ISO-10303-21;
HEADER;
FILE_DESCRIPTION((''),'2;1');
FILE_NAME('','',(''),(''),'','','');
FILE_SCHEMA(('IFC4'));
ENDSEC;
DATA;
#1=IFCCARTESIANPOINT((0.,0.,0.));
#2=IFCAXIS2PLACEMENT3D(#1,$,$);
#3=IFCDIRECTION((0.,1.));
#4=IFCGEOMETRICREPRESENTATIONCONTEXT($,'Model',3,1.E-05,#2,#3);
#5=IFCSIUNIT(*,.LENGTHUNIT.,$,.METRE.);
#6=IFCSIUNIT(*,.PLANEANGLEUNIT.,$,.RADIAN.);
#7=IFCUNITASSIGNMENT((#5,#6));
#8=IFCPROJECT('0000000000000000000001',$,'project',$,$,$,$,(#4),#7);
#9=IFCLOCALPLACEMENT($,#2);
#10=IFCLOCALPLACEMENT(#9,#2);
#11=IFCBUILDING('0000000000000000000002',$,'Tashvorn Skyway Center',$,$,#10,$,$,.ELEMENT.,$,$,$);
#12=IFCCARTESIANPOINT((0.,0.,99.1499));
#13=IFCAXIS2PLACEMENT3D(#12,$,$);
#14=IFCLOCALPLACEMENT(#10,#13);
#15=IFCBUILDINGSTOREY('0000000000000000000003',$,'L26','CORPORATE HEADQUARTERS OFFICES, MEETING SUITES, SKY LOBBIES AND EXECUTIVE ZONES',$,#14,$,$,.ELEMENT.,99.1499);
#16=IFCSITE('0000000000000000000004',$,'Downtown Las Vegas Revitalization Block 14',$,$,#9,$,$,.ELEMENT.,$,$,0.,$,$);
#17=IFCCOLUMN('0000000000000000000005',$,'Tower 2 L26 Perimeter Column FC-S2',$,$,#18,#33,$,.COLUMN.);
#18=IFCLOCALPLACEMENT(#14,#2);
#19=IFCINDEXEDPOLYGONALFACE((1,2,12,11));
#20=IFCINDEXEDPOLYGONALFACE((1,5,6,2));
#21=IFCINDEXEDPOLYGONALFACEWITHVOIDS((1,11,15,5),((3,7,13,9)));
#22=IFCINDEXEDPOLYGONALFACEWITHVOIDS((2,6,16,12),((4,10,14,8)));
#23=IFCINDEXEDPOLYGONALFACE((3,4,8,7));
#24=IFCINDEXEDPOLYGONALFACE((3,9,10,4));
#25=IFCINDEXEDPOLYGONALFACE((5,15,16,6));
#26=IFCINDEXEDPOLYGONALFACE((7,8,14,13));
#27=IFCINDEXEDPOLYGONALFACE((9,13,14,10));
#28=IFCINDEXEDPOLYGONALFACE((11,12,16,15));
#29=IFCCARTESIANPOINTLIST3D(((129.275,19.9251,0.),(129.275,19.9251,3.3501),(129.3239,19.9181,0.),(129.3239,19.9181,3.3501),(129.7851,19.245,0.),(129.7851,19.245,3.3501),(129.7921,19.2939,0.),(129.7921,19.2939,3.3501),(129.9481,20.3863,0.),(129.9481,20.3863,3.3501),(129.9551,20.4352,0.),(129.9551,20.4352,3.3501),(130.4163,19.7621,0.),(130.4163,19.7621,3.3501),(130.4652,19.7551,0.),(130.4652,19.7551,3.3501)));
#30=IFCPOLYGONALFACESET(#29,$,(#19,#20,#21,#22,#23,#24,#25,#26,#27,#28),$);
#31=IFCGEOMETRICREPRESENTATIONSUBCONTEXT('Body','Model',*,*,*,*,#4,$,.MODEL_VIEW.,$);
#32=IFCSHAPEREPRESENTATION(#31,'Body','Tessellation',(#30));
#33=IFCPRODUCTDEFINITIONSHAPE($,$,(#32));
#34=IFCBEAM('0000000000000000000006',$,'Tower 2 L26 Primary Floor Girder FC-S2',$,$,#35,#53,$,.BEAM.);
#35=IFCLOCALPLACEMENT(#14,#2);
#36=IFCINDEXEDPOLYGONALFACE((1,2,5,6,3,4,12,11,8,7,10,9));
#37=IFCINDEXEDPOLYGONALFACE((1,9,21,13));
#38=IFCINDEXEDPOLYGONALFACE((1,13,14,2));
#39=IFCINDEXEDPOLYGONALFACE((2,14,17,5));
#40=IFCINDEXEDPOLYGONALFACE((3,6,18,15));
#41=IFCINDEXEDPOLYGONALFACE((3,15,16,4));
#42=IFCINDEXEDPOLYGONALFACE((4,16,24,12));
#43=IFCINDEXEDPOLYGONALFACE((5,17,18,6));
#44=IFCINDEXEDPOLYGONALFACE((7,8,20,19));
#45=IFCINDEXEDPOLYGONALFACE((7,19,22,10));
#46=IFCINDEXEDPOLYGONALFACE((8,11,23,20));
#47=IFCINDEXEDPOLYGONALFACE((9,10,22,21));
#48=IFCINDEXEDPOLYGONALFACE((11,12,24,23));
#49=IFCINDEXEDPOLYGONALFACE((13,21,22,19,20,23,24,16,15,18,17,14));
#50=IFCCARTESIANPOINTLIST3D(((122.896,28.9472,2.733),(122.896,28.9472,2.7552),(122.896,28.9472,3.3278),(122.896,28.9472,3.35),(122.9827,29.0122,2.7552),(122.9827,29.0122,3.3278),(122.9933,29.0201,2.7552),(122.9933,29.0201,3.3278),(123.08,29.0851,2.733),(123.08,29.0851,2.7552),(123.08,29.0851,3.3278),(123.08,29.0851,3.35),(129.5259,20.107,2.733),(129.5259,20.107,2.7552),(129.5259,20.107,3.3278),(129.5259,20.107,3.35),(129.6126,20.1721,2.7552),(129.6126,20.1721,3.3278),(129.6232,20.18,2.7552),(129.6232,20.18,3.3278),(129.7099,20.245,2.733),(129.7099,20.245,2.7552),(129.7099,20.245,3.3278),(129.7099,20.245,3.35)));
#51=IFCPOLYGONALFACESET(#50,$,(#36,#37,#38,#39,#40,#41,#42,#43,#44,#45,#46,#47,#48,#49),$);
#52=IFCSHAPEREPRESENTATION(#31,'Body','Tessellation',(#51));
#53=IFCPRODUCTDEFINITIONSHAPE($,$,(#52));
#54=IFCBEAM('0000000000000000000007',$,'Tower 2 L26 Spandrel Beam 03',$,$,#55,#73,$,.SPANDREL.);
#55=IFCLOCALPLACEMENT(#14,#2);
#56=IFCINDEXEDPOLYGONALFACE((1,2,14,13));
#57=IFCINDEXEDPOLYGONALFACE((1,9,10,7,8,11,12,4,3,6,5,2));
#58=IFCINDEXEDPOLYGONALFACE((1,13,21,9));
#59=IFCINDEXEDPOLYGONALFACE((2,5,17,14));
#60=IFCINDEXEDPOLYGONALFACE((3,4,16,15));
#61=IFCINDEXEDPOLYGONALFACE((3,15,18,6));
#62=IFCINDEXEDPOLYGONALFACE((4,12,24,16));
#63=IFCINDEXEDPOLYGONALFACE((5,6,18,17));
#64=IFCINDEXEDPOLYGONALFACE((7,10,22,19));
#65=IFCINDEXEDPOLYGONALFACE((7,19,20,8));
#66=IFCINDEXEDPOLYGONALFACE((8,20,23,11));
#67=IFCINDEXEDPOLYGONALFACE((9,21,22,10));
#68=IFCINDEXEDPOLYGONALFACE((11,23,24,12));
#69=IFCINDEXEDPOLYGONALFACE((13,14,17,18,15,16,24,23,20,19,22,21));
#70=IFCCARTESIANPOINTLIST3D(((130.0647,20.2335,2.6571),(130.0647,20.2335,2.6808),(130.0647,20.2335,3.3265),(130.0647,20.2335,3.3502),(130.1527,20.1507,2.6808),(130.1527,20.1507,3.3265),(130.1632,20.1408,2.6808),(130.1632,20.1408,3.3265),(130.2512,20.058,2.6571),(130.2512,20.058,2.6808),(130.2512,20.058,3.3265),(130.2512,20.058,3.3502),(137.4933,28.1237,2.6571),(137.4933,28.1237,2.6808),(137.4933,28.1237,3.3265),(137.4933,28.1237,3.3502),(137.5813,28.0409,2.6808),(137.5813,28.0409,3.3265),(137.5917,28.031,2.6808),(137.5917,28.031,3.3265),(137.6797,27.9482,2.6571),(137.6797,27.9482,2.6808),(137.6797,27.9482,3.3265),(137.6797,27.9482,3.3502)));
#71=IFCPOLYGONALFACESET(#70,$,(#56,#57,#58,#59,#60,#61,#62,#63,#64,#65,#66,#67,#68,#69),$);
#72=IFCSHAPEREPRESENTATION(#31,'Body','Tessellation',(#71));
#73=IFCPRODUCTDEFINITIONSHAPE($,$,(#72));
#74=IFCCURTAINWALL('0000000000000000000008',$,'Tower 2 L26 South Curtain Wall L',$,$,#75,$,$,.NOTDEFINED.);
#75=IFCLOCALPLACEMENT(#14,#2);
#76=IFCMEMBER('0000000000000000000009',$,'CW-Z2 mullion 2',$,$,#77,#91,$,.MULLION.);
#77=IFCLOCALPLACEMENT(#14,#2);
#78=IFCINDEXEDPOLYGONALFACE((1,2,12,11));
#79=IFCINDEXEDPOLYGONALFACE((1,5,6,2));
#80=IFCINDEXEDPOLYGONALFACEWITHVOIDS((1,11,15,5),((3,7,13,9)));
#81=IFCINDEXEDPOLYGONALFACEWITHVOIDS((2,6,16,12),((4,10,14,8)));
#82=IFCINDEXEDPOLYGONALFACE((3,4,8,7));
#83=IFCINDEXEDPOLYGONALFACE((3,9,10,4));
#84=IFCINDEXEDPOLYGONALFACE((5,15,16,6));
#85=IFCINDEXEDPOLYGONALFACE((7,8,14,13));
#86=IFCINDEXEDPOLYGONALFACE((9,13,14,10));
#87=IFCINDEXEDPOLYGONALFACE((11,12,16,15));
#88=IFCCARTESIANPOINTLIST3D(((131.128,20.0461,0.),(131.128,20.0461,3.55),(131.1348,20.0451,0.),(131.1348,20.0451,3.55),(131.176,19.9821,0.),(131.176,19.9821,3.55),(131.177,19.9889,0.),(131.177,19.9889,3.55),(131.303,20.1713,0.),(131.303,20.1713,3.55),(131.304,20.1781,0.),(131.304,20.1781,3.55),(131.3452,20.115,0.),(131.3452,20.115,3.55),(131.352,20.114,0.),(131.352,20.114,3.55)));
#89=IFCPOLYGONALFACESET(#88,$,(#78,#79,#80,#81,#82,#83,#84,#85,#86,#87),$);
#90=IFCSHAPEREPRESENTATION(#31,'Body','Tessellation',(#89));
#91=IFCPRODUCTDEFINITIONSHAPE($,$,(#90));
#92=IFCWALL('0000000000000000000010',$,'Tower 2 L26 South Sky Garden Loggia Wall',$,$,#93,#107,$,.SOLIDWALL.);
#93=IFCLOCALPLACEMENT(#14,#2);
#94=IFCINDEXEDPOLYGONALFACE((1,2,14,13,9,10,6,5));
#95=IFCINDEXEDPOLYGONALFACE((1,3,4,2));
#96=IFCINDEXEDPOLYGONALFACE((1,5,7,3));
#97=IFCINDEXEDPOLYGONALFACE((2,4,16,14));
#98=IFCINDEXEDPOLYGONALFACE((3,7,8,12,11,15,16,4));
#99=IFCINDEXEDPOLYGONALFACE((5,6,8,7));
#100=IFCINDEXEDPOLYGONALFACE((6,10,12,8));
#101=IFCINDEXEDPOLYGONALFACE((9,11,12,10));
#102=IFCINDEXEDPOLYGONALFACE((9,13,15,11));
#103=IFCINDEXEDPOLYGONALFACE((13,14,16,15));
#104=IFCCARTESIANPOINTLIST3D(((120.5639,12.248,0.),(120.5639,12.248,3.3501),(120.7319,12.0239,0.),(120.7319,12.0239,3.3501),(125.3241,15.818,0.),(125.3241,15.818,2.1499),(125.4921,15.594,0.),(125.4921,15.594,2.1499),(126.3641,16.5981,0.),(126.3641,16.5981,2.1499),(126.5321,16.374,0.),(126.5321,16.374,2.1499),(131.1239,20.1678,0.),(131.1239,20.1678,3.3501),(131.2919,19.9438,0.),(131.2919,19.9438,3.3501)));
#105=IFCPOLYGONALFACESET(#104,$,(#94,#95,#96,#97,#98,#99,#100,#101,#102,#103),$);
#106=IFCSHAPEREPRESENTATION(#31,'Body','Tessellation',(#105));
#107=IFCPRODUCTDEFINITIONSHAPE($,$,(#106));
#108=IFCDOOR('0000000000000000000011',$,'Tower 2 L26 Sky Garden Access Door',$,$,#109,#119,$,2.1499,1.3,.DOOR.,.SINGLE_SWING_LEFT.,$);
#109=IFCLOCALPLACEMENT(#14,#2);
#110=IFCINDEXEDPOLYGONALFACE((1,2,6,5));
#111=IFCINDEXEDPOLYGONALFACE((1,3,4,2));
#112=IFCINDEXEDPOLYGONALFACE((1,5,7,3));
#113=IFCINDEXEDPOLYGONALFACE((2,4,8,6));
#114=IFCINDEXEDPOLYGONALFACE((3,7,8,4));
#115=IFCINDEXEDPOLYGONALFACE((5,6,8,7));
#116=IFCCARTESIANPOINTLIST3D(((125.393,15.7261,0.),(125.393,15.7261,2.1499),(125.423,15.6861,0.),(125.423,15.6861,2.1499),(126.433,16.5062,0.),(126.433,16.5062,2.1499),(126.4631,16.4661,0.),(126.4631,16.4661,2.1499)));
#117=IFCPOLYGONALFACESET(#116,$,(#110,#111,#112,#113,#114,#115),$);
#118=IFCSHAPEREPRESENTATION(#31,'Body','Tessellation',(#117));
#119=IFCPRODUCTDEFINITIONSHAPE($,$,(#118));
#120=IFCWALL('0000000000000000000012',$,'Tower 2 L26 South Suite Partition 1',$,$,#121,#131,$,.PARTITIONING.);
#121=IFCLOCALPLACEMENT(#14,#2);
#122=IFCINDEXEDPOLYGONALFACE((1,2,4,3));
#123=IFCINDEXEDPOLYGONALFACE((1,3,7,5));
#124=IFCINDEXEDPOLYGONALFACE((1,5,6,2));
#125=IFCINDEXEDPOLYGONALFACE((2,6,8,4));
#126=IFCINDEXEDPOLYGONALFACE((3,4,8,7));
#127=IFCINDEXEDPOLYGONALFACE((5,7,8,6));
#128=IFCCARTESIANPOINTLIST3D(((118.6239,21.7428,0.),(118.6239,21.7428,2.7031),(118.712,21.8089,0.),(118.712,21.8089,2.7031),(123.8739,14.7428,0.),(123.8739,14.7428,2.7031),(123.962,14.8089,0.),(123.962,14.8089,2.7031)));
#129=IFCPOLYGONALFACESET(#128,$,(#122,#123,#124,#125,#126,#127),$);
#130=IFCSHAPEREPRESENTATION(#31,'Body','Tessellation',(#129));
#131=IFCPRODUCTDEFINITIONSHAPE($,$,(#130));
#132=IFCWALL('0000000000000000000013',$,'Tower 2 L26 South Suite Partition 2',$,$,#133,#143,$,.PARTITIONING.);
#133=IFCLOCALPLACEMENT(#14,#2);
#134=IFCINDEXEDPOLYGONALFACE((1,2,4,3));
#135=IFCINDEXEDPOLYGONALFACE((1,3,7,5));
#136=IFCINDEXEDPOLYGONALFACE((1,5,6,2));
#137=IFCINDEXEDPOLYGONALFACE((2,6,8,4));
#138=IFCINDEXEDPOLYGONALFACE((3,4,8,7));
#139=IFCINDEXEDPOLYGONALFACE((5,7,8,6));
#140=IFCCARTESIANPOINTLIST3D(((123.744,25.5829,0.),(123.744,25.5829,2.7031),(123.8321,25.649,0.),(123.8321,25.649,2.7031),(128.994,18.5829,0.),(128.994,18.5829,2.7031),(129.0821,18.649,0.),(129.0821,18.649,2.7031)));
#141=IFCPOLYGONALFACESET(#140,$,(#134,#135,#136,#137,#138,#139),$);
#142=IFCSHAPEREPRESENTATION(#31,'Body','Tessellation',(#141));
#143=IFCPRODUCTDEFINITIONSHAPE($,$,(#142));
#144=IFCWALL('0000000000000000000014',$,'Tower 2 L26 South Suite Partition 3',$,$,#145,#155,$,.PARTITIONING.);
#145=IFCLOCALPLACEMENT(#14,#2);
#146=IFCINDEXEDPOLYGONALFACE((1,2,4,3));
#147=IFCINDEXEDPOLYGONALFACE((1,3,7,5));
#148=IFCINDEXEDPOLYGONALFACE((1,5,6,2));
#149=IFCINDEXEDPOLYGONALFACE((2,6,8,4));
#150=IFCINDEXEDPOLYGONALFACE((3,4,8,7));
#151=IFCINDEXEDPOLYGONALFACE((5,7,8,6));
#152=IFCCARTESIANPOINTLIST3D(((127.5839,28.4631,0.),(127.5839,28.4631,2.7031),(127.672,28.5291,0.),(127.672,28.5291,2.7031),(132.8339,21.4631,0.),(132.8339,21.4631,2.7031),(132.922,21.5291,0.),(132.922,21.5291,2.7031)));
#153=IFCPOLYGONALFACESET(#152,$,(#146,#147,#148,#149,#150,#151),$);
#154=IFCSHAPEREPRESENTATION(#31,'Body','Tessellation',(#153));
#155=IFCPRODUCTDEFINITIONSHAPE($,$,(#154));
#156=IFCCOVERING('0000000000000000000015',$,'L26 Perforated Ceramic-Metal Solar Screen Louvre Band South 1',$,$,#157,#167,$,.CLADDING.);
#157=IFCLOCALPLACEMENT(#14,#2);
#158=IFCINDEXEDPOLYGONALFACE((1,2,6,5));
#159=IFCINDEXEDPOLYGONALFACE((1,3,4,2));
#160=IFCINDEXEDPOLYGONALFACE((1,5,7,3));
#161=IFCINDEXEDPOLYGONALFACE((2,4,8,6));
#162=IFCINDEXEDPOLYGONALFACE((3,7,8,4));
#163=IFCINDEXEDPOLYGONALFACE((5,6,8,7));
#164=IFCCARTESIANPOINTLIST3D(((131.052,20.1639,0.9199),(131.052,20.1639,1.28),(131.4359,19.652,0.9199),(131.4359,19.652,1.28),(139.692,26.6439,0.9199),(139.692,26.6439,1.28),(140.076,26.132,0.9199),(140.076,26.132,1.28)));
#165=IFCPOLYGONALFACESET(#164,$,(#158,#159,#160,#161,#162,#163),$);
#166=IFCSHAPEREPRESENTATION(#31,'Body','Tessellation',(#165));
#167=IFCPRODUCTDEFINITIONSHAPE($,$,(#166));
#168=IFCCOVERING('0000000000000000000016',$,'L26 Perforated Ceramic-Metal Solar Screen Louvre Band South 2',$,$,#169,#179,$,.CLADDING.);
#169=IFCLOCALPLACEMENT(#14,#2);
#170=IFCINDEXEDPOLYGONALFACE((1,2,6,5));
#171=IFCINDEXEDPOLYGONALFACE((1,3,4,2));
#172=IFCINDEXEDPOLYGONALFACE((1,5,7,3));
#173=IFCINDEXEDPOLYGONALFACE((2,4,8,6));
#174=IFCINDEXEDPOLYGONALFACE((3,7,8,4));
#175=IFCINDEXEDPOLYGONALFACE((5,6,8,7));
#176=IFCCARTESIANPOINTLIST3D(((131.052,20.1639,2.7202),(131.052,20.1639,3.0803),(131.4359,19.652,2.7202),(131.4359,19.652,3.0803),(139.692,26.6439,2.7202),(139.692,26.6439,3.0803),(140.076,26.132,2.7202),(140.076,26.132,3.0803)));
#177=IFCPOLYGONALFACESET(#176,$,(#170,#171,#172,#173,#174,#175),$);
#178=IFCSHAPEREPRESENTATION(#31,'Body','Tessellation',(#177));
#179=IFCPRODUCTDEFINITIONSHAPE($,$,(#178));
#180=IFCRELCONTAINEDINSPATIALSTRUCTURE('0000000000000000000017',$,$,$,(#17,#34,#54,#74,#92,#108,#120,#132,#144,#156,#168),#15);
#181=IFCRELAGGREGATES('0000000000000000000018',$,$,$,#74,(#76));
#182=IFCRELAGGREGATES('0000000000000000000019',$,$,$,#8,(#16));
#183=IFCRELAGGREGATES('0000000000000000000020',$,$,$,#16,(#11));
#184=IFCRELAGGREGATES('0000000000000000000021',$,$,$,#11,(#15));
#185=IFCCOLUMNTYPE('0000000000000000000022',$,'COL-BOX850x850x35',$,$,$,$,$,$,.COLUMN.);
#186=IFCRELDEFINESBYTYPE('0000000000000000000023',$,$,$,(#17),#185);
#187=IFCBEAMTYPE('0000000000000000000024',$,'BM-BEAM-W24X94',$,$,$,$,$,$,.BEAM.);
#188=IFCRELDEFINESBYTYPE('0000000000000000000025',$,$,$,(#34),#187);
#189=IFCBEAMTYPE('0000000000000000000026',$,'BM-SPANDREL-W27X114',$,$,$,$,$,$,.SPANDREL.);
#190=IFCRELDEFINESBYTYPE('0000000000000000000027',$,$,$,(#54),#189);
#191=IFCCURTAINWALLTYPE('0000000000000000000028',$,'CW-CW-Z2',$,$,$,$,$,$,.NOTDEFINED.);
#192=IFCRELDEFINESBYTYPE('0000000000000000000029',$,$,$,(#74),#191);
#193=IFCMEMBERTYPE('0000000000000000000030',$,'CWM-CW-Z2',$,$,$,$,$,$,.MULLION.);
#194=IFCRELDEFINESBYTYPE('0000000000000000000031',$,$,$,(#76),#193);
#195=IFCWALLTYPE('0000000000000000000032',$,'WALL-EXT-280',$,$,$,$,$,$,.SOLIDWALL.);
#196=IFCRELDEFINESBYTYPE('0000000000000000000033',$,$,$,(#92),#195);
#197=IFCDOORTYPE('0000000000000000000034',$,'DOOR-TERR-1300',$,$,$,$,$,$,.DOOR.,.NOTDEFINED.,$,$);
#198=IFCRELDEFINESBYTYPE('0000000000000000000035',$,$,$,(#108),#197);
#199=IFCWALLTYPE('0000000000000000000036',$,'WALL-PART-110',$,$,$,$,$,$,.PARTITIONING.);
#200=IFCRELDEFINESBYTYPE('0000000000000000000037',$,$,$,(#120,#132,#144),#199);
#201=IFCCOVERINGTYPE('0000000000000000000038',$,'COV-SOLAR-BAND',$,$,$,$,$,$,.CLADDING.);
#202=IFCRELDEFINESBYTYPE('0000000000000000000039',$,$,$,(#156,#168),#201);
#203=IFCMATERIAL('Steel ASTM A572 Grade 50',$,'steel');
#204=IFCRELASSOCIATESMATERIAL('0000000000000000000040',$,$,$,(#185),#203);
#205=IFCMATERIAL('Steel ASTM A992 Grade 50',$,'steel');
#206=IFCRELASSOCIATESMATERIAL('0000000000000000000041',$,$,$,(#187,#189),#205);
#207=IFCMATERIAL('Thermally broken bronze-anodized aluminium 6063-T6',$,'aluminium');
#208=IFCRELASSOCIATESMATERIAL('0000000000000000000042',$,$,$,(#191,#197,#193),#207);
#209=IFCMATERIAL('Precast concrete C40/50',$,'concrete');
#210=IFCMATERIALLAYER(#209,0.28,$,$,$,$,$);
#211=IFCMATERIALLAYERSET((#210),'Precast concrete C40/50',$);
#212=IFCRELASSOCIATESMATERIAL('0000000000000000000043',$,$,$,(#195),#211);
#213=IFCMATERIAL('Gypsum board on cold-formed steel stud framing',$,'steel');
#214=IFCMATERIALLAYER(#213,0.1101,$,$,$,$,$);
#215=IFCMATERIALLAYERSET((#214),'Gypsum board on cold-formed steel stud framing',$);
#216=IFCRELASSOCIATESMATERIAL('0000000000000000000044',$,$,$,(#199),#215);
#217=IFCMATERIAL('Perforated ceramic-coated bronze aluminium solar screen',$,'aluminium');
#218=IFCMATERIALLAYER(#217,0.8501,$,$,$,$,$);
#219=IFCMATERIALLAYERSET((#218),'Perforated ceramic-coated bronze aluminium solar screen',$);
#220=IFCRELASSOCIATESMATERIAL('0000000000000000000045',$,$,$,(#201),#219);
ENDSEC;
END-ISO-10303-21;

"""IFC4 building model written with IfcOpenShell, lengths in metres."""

from ifc_helpers import new_model, si_unit, direction, frame, frame_2d, origin, origin_2d, place, context, subcontext, project, spatial, rectangle, hollow_rectangle, i_section, extrude, material, layer, layer_set, material_profile, profile_set, type_object, element, fill, aggregate, save


model = new_model("IFC4")

# Units and contexts
model_context = context("Model", 3, precision=1e-05, world=origin(), true_north=direction((0.0, 1.0)))
body_context = subcontext(model_context, "Body", "Model", "MODEL_VIEW")
ifc_project = project(units=[si_unit("LENGTHUNIT", "METRE"), si_unit("PLANEANGLEUNIT", "RADIAN")], contexts=[model_context])

# Site, building, storey
site_placement = place(None, origin())
site = spatial("IfcSite", under=ifc_project, at=site_placement, Name="Downtown Las Vegas Revitalization Block 14", CompositionType="ELEMENT", RefElevation=0.0)
building_placement = place(site_placement, origin())
building = spatial("IfcBuilding", under=site, at=building_placement, Name="Tashvorn Skyway Center", CompositionType="ELEMENT")
storey_placement = place(building_placement, frame((0.0, 0.0, 99.1499)))
storey = spatial("IfcBuildingStorey", under=building, at=storey_placement, Name="L26", Description="CORPORATE HEADQUARTERS OFFICES, MEETING SUITES, SKY LOBBIES AND EXECUTIVE ZONES", CompositionType="ELEMENT", Elevation=99.1499)

# Column
ifc_material_1 = material(Name="Steel ASTM A572 Grade 50", Category="steel")
ifc_material_profile_1 = material_profile(ifc_material_1, hollow_rectangle(XDim=0.8501, YDim=0.8501, WallThickness=0.0349, at=origin_2d()), Name="BOX850x850x35")
ifc_profile_set_1 = profile_set([ifc_material_profile_1], Name="Steel ASTM A572 Grade 50")
column_type = type_object("IfcColumnType", Name="COL-BOX850x850x35", PredefinedType="COLUMN", material=ifc_profile_set_1)
column_placement = place(storey_placement, frame((129.8701, 19.8401, 0.0), z_axis=(0.0, 0.0, 1.0), x_axis=(0.8, 0.6, 0.0)))
element("IfcColumn", 1, at=column_placement, inside=storey, type_object=column_type, Name="Tower 2 L26 Perimeter Column FC-S2", PredefinedType="COLUMN", context=body_context, shape_type="SweptSolid", body=[
    extrude(hollow_rectangle(XDim=0.8501, YDim=0.8501, WallThickness=0.0349, at=origin_2d()), origin(), (0.0, 0.0, 1.0), 3.3501),
])

# Beams
ifc_material_2 = material(Name="Steel ASTM A992 Grade 50", Category="steel")
ifc_material_profile_2 = material_profile(ifc_material_2, i_section(OverallWidth=0.23, OverallDepth=0.6169, WebThickness=0.0132, FlangeThickness=0.0222, at=origin_2d()), Name="W24X94")
ifc_profile_set_2 = profile_set([ifc_material_profile_2], Name="Steel ASTM A992 Grade 50")
beam_type_1 = type_object("IfcBeamType", Name="BM-BEAM-W24X94", PredefinedType="BEAM", material=ifc_profile_set_2)
beam_1_placement = place(storey_placement, frame((129.6179, 20.176, 3.0415), z_axis=(-0.599989, 0.800008, 0.0), x_axis=(-0.800008, -0.599989, 0.0)))
element("IfcBeam", 2, at=beam_1_placement, inside=storey, type_object=beam_type_1, Name="Tower 2 L26 Primary Floor Girder FC-S2", PredefinedType="BEAM", context=body_context, shape_type="SweptSolid", body=[
    extrude(i_section(OverallWidth=0.23, OverallDepth=0.6169, WebThickness=0.0132, FlangeThickness=0.0222, at=origin_2d()), origin(), (0.0, 0.0, 1.0), 11.05),
])
ifc_material_profile_3 = material_profile(ifc_material_2, i_section(OverallWidth=0.2561, OverallDepth=0.6931, WebThickness=0.0144, FlangeThickness=0.0237, at=origin_2d()), Name="W27X114")
ifc_profile_set_3 = profile_set([ifc_material_profile_3], Name="Steel ASTM A992 Grade 50")
beam_type_2 = type_object("IfcBeamType", Name="BM-SPANDREL-W27X114", PredefinedType="SPANDREL", material=ifc_profile_set_3)
beam_2_placement = place(storey_placement, frame((130.158, 20.1458, 3.0037), z_axis=(0.685485, 0.728087, 0.0), x_axis=(-0.728087, 0.685485, 0.0)))
element("IfcBeam", 3, at=beam_2_placement, inside=storey, type_object=beam_type_2, Name="Tower 2 L26 Spandrel Beam 03", PredefinedType="SPANDREL", context=body_context, shape_type="SweptSolid", body=[
    extrude(i_section(OverallWidth=0.2561, OverallDepth=0.6931, WebThickness=0.0144, FlangeThickness=0.0237, at=origin_2d()), origin(), (0.0, 0.0, 1.0), 10.8369),
])

# Curtain wall, member
ifc_material_3 = material(Name="Thermally broken bronze-anodized aluminium 6063-T6", Category="aluminium")
curtain_wall_type = type_object("IfcCurtainWallType", Name="CW-CW-Z2", PredefinedType="NOTDEFINED", material=ifc_material_3)
curtain_wall_placement = place(storey_placement, origin())
curtain_wall = element("IfcCurtainWall", 4, at=curtain_wall_placement, inside=storey, type_object=curtain_wall_type, Name="Tower 2 L26 South Curtain Wall L", PredefinedType="NOTDEFINED")
ifc_material_profile_4 = material_profile(ifc_material_3, hollow_rectangle(XDim=0.0801, YDim=0.22, WallThickness=0.0049, at=origin_2d()), Name="ALU-MULL-80x220")
ifc_profile_set_4 = profile_set([ifc_material_profile_4], Name="Thermally broken bronze-anodized aluminium 6063-T6")
member_type = type_object("IfcMemberType", Name="CWM-CW-Z2", PredefinedType="MULLION", material=ifc_profile_set_4)
member_placement = place(storey_placement, frame((131.24, 20.0801, 0.0), z_axis=(0.0, 0.0, 1.0), x_axis=(0.6, -0.8, 0.0)))
member = element("IfcMember", 5, at=member_placement, type_object=member_type, Name="CW-Z2 mullion 2", PredefinedType="MULLION", context=body_context, shape_type="SweptSolid", body=[
    extrude(hollow_rectangle(XDim=0.0801, YDim=0.22, WallThickness=0.0049, at=origin_2d()), origin(), (0.0, 0.0, 1.0), 3.55),
])
aggregate(curtain_wall, [member])

# Wall, opening, door
ifc_material_4 = material(Name="Precast concrete C40/50", Category="concrete")
ifc_layer_1 = layer(ifc_material_4, 0.28)
ifc_layer_set_1 = layer_set([ifc_layer_1], Name="Precast concrete C40/50")
wall_type_1 = type_object("IfcWallType", Name="WALL-EXT-280", PredefinedType="SOLIDWALL", material=ifc_layer_set_1)
wall_placement = place(storey_placement, frame((131.208, 20.0559, 0.0), z_axis=(0.0, 0.0, 1.0), x_axis=(-0.800004, -0.599994, 0.0)))
wall = element("IfcWall", 6, at=wall_placement, inside=storey, type_object=wall_type_1, Name="Tower 2 L26 South Sky Garden Loggia Wall", PredefinedType="SOLIDWALL", context=body_context, shape_type="SweptSolid", body=[
    extrude(rectangle(XDim=13.2, YDim=0.28, at=frame_2d((6.6001, 0.0))), origin(), (0.0, 0.0, 1.0), 3.3501),
])
opening_placement = place(wall_placement, frame((5.95, 0.0, 0.0)))
opening = element("IfcOpeningElement", 7, at=opening_placement, cuts=wall, PredefinedType="OPENING", context=body_context, shape_type="SweptSolid", body=[
    extrude(rectangle(XDim=1.3, YDim=2.1499, at=frame_2d((0.6499, 1.075))), frame((0.0, 0.1499, 0.0), z_axis=(0.0, -1.0, 0.0), x_axis=(1.0, 0.0, 0.0)), (0.0, 0.0, 1.0), 0.3),
])
door_type = type_object("IfcDoorType", Name="DOOR-TERR-1300", OperationType="NOTDEFINED", PredefinedType="DOOR", material=ifc_material_3)
door_placement = place(opening_placement, origin())
door = element("IfcDoor", 8, at=door_placement, inside=storey, type_object=door_type, Name="Tower 2 L26 Sky Garden Access Door", OperationType="SINGLE_SWING_LEFT", OverallHeight=2.1499, OverallWidth=1.3, PredefinedType="DOOR", context=body_context, shape_type="SweptSolid", body=[
    extrude(rectangle(XDim=1.3, YDim=2.1499, at=frame_2d((0.6499, 1.075))), frame((0.0, 0.0249, 0.0), z_axis=(0.0, -1.0, 0.0), x_axis=(1.0, 0.0, 0.0)), (0.0, 0.0, 1.0), 0.05),
])
fill(opening, door)

# Walls
ifc_material_5 = material(Name="Gypsum board on cold-formed steel stud framing", Category="steel")
ifc_layer_2 = layer(ifc_material_5, 0.1101)
ifc_layer_set_2 = layer_set([ifc_layer_2], Name="Gypsum board on cold-formed steel stud framing")
wall_type_2 = type_object("IfcWallType", Name="WALL-PART-110", PredefinedType="PARTITIONING", material=ifc_layer_set_2)
for number, where, z_axis, x_axis, name in (
    (9, (123.918, 14.7759, 0.0), (0.0, 0.0, 1.0), (-0.6, 0.8, 0.0), "Tower 2 L26 South Suite Partition 1"),
    (10, (129.0381, 18.616, 0.0), (0.0, 0.0, 1.0), (-0.6, 0.8, 0.0), "Tower 2 L26 South Suite Partition 2"),
    (11, (132.8779, 21.4961, 0.0), (0.0, 0.0, 1.0), (-0.6, 0.8, 0.0), "Tower 2 L26 South Suite Partition 3"),
):
    element("IfcWall", number, at=place(storey_placement, frame(where, z_axis=z_axis, x_axis=x_axis)), inside=storey, type_object=wall_type_2, Name=name, PredefinedType="PARTITIONING", context=body_context, shape_type="SweptSolid", body=[
        extrude(rectangle(XDim=8.75, YDim=0.1101, at=frame_2d((4.375, 0.0))), origin(), (0.0, 0.0, 1.0), 2.7031),
    ])

# Coverings
ifc_material_6 = material(Name="Perforated ceramic-coated bronze aluminium solar screen", Category="aluminium")
ifc_layer_3 = layer(ifc_material_6, 0.8501)
ifc_layer_set_3 = layer_set([ifc_layer_3], Name="Perforated ceramic-coated bronze aluminium solar screen")
covering_type_1 = type_object("IfcCoveringType", Name="COV-SOLAR-BAND", PredefinedType="CLADDING", material=ifc_layer_set_3)
for number, where, z_axis, x_axis, name in (
    (12, (135.564, 23.1479, 0.9199), (0.0, 0.0, 1.0), (-0.8, -0.6, 0.0), "L26 Perforated Ceramic-Metal Solar Screen Louvre Band South 1"),
    (13, (135.564, 23.1479, 2.7202), (0.0, 0.0, 1.0), (-0.8, -0.6, 0.0), "L26 Perforated Ceramic-Metal Solar Screen Louvre Band South 2"),
):
    element("IfcCovering", number, at=place(storey_placement, frame(where, z_axis=z_axis, x_axis=x_axis)), inside=storey, type_object=covering_type_1, Name=name, PredefinedType="CLADDING", context=body_context, shape_type="SweptSolid", body=[
        extrude(rectangle(XDim=10.8, YDim=0.6399, at=origin_2d()), origin(), (0.0, 0.0, 1.0), 0.3601),
    ])

save(model, "model.ifc")
